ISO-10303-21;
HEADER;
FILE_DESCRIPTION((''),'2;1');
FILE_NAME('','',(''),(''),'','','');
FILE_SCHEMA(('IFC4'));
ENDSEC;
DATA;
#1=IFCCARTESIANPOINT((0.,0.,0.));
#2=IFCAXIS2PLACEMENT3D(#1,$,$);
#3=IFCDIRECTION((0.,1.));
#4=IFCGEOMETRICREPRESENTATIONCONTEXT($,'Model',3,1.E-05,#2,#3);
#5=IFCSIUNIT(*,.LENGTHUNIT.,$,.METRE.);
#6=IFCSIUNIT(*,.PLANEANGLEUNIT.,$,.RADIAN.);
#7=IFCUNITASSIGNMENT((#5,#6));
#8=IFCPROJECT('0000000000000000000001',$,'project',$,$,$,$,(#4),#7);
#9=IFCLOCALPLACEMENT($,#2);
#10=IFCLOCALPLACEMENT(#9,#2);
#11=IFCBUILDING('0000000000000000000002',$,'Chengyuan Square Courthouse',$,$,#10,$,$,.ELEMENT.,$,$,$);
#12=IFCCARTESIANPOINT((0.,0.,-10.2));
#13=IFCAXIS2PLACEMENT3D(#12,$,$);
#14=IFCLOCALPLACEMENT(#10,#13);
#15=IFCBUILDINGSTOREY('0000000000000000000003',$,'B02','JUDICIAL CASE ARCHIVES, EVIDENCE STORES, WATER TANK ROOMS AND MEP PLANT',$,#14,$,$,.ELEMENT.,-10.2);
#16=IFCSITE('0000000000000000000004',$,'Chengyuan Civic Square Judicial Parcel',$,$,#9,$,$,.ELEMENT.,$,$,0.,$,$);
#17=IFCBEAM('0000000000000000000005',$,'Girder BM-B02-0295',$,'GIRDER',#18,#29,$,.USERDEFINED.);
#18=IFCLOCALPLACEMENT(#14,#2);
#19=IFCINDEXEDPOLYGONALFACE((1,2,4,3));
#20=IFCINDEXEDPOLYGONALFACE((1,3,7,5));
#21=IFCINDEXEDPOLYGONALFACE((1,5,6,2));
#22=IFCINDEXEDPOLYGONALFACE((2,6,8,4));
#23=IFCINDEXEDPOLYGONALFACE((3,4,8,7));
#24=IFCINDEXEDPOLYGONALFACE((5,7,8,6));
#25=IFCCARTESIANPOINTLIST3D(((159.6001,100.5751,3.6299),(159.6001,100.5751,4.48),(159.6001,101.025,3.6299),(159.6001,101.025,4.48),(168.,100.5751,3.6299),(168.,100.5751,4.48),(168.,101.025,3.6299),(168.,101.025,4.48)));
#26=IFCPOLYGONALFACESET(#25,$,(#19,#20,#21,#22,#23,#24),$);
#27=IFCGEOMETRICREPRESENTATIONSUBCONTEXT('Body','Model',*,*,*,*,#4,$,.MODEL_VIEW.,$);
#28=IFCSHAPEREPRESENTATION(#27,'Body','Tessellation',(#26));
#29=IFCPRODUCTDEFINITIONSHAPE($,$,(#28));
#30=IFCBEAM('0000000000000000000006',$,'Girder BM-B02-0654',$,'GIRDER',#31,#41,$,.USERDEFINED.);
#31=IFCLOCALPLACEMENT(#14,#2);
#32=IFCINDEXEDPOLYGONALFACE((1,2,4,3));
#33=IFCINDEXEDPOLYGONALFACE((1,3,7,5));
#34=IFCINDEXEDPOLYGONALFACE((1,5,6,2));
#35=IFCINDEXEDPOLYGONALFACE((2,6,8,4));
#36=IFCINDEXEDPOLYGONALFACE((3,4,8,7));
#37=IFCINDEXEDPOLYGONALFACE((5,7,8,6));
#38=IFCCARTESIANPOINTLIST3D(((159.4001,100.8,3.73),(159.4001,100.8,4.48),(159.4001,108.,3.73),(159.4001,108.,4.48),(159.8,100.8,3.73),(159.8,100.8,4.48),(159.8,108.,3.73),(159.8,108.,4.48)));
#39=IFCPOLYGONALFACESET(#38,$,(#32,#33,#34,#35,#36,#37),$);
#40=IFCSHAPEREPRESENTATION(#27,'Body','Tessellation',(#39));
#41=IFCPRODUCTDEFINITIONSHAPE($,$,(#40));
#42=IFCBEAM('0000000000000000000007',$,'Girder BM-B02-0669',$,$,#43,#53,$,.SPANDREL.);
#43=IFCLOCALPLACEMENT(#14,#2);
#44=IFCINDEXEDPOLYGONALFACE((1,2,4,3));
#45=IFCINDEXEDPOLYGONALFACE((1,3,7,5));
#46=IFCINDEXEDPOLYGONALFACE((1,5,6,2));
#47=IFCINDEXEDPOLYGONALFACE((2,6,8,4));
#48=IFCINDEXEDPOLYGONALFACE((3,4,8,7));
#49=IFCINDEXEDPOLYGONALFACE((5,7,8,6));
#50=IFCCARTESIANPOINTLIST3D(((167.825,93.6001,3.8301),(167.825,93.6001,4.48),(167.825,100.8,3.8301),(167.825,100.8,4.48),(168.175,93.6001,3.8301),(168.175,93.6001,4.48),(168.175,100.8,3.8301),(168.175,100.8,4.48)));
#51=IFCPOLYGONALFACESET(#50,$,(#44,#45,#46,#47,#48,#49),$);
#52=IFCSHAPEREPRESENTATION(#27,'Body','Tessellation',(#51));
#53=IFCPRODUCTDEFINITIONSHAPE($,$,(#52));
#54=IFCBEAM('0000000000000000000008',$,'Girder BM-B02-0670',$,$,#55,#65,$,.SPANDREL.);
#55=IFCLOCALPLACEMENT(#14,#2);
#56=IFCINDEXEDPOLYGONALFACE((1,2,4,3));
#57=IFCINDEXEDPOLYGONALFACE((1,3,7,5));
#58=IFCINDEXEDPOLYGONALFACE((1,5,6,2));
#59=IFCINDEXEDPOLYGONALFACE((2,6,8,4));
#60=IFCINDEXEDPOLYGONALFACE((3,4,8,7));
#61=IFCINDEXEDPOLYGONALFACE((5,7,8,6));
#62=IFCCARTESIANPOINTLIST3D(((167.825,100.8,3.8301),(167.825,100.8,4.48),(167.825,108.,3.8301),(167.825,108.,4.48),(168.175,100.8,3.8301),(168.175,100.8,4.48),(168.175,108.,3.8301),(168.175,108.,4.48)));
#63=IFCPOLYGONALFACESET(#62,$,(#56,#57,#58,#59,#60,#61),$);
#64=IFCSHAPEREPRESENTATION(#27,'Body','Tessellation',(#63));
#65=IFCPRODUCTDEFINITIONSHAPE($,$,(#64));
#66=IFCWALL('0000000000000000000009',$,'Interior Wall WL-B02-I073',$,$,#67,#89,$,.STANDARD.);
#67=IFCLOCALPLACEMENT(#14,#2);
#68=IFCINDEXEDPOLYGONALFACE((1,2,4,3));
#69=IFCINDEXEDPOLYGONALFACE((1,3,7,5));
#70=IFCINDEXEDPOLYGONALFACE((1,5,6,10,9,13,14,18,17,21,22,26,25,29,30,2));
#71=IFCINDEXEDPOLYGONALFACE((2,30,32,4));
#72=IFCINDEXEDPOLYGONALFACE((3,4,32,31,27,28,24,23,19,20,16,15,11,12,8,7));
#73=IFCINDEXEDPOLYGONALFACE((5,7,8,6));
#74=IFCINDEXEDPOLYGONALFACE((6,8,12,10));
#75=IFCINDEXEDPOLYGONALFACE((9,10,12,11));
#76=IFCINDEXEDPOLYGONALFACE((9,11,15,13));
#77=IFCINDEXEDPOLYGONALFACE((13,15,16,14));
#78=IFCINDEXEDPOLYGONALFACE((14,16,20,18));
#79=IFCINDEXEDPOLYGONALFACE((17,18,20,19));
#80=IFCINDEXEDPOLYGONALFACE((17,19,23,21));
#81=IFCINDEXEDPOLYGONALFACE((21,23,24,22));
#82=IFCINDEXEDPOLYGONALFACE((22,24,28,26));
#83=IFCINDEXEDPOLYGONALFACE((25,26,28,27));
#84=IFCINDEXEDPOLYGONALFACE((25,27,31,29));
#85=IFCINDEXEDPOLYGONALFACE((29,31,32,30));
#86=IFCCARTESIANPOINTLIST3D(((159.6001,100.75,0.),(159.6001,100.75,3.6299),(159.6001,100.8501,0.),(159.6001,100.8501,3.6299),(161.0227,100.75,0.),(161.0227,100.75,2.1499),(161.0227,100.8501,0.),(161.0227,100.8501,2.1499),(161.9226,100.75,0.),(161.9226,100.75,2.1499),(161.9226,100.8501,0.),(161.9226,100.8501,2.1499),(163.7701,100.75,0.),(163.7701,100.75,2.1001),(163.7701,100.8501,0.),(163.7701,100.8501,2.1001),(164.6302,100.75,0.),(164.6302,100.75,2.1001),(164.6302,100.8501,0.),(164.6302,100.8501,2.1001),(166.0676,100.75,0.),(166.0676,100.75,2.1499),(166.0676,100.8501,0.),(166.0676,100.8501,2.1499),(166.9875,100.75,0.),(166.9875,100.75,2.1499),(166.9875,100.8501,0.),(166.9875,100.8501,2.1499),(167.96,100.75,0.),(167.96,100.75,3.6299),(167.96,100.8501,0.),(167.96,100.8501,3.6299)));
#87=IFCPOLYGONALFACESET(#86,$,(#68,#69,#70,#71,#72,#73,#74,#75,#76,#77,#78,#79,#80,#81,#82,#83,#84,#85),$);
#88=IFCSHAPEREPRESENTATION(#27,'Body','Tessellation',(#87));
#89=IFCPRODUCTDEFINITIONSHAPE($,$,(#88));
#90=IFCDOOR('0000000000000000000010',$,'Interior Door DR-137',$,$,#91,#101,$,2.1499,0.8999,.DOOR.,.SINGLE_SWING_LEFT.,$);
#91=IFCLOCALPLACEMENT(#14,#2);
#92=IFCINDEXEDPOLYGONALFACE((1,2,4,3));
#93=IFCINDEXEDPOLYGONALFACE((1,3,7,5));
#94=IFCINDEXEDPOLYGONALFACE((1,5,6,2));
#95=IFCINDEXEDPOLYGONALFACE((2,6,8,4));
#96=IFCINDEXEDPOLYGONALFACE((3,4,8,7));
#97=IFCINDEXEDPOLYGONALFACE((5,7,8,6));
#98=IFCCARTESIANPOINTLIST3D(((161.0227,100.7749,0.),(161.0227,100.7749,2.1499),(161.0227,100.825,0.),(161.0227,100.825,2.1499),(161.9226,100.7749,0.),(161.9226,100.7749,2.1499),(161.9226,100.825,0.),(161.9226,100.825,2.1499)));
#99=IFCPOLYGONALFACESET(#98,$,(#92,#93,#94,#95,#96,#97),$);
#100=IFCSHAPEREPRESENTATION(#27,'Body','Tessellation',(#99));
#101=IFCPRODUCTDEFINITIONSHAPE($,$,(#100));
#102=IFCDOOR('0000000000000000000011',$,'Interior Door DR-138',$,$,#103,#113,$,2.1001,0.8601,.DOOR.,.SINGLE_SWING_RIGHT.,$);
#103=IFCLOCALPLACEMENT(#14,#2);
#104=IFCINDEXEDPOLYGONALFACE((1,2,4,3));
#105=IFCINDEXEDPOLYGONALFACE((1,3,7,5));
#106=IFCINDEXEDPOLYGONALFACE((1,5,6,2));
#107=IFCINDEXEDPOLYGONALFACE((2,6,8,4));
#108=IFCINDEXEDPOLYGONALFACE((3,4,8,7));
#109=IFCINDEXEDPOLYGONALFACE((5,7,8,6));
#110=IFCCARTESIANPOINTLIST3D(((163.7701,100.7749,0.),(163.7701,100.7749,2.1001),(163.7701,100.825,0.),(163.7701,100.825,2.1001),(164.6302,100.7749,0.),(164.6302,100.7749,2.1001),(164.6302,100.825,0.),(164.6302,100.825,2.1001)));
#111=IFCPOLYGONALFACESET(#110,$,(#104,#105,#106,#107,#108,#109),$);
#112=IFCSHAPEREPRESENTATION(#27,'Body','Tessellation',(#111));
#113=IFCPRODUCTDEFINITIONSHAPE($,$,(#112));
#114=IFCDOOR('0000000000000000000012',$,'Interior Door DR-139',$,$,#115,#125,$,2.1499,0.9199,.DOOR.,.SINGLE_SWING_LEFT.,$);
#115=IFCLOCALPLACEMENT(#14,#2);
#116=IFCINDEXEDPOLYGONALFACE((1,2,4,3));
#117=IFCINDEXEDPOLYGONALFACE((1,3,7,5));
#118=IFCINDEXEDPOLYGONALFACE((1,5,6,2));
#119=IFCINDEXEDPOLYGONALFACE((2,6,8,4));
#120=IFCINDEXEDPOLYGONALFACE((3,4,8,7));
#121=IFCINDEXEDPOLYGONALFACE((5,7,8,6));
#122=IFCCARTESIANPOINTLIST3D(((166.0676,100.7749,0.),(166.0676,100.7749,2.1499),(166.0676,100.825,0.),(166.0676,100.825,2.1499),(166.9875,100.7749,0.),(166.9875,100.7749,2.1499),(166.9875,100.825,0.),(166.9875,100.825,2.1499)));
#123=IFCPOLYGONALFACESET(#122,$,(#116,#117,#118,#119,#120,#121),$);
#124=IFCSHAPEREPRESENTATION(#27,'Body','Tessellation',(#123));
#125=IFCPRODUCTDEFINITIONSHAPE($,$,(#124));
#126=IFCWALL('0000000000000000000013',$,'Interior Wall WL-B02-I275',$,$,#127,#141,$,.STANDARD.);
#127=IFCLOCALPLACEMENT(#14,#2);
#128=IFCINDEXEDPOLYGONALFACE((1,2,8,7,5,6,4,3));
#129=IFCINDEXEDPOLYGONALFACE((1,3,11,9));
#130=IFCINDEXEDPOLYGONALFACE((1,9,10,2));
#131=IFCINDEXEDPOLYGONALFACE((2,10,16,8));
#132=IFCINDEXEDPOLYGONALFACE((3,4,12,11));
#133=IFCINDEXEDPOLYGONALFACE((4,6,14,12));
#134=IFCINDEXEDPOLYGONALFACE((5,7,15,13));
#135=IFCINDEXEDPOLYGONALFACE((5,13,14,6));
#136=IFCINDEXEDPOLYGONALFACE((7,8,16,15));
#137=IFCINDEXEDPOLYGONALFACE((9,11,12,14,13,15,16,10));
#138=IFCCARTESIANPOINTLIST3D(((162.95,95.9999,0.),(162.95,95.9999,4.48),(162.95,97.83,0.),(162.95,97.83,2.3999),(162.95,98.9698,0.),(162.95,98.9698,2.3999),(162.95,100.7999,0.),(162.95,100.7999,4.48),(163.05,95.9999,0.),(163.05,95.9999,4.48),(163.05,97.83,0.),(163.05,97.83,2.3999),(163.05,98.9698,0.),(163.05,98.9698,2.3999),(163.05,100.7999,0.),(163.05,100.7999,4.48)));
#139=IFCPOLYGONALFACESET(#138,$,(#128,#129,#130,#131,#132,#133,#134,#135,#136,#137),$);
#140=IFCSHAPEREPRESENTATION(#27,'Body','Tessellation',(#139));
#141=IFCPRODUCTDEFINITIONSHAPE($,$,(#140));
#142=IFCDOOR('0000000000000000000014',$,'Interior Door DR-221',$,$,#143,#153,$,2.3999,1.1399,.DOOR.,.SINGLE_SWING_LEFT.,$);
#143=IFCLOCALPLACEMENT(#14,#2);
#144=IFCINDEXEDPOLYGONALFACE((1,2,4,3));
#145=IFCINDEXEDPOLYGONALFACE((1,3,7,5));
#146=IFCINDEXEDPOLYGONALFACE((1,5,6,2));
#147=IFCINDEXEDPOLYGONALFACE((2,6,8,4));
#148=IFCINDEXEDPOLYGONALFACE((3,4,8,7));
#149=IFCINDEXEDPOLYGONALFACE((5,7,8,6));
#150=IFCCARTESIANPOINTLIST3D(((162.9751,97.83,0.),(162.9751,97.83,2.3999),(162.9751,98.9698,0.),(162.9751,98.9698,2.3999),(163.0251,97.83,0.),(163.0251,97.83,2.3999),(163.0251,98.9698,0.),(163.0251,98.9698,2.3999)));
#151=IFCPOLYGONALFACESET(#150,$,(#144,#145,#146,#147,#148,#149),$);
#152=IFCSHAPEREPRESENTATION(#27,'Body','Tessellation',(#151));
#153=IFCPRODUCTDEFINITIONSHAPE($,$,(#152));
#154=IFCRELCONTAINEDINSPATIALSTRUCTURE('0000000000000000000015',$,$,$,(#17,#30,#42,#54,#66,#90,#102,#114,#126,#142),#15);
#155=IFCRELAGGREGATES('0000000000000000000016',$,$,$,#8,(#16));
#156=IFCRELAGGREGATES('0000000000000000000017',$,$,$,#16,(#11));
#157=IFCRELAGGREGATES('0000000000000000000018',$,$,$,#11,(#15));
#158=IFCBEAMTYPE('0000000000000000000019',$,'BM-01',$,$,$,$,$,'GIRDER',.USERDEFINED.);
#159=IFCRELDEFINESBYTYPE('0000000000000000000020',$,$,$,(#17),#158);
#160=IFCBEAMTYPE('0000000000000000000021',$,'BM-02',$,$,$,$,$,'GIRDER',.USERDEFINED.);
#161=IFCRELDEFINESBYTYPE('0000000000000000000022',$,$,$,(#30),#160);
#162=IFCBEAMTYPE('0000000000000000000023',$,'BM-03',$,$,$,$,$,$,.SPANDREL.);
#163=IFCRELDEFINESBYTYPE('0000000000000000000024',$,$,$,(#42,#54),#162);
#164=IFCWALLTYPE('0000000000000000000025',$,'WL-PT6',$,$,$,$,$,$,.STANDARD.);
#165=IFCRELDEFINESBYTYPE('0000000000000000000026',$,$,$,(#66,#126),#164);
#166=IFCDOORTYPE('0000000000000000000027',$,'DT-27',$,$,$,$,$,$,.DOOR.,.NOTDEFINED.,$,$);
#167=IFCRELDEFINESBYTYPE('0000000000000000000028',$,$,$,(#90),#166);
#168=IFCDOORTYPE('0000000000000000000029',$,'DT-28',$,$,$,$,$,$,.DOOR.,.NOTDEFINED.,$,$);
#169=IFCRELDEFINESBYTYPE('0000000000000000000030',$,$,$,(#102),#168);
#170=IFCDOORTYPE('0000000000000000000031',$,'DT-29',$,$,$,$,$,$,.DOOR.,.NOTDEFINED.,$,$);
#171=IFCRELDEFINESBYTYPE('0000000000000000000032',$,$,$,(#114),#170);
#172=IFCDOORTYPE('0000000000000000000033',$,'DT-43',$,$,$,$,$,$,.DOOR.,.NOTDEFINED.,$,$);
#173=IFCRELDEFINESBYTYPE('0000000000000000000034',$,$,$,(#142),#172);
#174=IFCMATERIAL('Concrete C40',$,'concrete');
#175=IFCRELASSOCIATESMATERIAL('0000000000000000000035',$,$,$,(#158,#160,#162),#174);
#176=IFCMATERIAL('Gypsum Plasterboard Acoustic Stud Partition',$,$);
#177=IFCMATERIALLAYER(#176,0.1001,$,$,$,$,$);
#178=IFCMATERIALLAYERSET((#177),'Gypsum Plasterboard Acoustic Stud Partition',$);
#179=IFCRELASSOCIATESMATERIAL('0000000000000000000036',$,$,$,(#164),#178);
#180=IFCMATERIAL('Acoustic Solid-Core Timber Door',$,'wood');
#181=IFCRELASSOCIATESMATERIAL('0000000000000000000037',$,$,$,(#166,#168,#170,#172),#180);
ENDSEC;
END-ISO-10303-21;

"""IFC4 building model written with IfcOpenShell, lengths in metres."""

from ifc_helpers import new_model, si_unit, direction, frame, frame_2d, origin, origin_2d, place, context, subcontext, project, spatial, rectangle, extrude, material, layer, layer_set, material_profile, profile_set, type_object, element, fill, save


model = new_model("IFC4")

# Units and contexts
model_context = context("Model", 3, precision=1e-05, world=origin(), true_north=direction((0.0, 1.0)))
body_context = subcontext(model_context, "Body", "Model", "MODEL_VIEW")
ifc_project = project(units=[si_unit("LENGTHUNIT", "METRE"), si_unit("PLANEANGLEUNIT", "RADIAN")], contexts=[model_context])

# Site, building, storey
site_placement = place(None, origin())
site = spatial("IfcSite", under=ifc_project, at=site_placement, Name="Chengyuan Civic Square Judicial Parcel", CompositionType="ELEMENT", RefElevation=0.0)
building_placement = place(site_placement, origin())
building = spatial("IfcBuilding", under=site, at=building_placement, Name="Chengyuan Square Courthouse", CompositionType="ELEMENT")
storey_placement = place(building_placement, frame((0.0, 0.0, -10.2)))
storey = spatial("IfcBuildingStorey", under=building, at=storey_placement, Name="B02", Description="JUDICIAL CASE ARCHIVES, EVIDENCE STORES, WATER TANK ROOMS AND MEP PLANT", CompositionType="ELEMENT", Elevation=-10.2)

# Shared definitions
ifc_material_1 = material(Name="Concrete C40", Category="concrete")

# Beams
ifc_material_profile_1 = material_profile(ifc_material_1, rectangle(XDim=0.45, YDim=0.8501, at=origin_2d()), Name="RC-BM-450x850")
ifc_profile_set_1 = profile_set([ifc_material_profile_1], Name="Concrete C40")
beam_type_1 = type_object("IfcBeamType", Name="BM-01", ElementType="GIRDER", PredefinedType="USERDEFINED", material=ifc_profile_set_1)
beam_1_placement = place(storey_placement, frame((159.6001, 100.8, 4.0549), z_axis=(1.0, 0.0, 0.0), x_axis=(0.0, 1.0, 0.0)))
element("IfcBeam", 1, at=beam_1_placement, inside=storey, type_object=beam_type_1, Name="Girder BM-B02-0295", ObjectType="GIRDER", PredefinedType="USERDEFINED", context=body_context, shape_type="SweptSolid", body=[
    extrude(rectangle(XDim=0.45, YDim=0.8501, at=origin_2d()), origin(), (0.0, 0.0, 1.0), 8.3999),
])
ifc_material_profile_2 = material_profile(ifc_material_1, rectangle(XDim=0.3999, YDim=0.75, at=origin_2d()), Name="RC-BM-400x750")
ifc_profile_set_2 = profile_set([ifc_material_profile_2], Name="Concrete C40")
beam_type_2 = type_object("IfcBeamType", Name="BM-02", ElementType="GIRDER", PredefinedType="USERDEFINED", material=ifc_profile_set_2)
beam_2_placement = place(storey_placement, frame((159.6001, 100.8, 4.105), z_axis=(0.0, 1.0, 0.0), x_axis=(-1.0, 0.0, 0.0)))
element("IfcBeam", 2, at=beam_2_placement, inside=storey, type_object=beam_type_2, Name="Girder BM-B02-0654", ObjectType="GIRDER", PredefinedType="USERDEFINED", context=body_context, shape_type="SweptSolid", body=[
    extrude(rectangle(XDim=0.3999, YDim=0.75, at=origin_2d()), origin(), (0.0, 0.0, 1.0), 7.2),
])
ifc_material_profile_3 = material_profile(ifc_material_1, rectangle(XDim=0.3501, YDim=0.6499, at=origin_2d()), Name="RC-BM-350x650")
ifc_profile_set_3 = profile_set([ifc_material_profile_3], Name="Concrete C40")
beam_type_3 = type_object("IfcBeamType", Name="BM-03", PredefinedType="SPANDREL", material=ifc_profile_set_3)
for number, where, z_axis, x_axis, name in (
    (3, (168.0, 93.6001, 4.155), (0.0, 1.0, 0.0), (-1.0, 0.0, 0.0), "Girder BM-B02-0669"),
    (4, (168.0, 100.8, 4.155), (0.0, 1.0, 0.0), (-1.0, 0.0, 0.0), "Girder BM-B02-0670"),
):
    element("IfcBeam", number, at=place(storey_placement, frame(where, z_axis=z_axis, x_axis=x_axis)), inside=storey, type_object=beam_type_3, Name=name, PredefinedType="SPANDREL", context=body_context, shape_type="SweptSolid", body=[
        extrude(rectangle(XDim=0.3501, YDim=0.6499, at=origin_2d()), origin(), (0.0, 0.0, 1.0), 7.2),
    ])

# Wall, openings, doors
ifc_material_2 = material(Name="Gypsum Plasterboard Acoustic Stud Partition")
ifc_layer_1 = layer(ifc_material_2, 0.1001)
ifc_layer_set_1 = layer_set([ifc_layer_1], Name="Gypsum Plasterboard Acoustic Stud Partition")
wall_type_1 = type_object("IfcWallType", Name="WL-PT6", PredefinedType="STANDARD", material=ifc_layer_set_1)
wall_1_placement = place(storey_placement, frame((159.6001, 100.8, 0.0), z_axis=(0.0, 0.0, 1.0), x_axis=(1.0, 0.0, 0.0)))
wall_1 = element("IfcWall", 5, at=wall_1_placement, inside=storey, type_object=wall_type_1, Name="Interior Wall WL-B02-I073", PredefinedType="STANDARD", context=body_context, shape_type="SweptSolid", body=[
    extrude(rectangle(XDim=8.3599, YDim=0.1001, at=frame_2d((4.1799, 0.0))), origin(), (0.0, 0.0, 1.0), 3.6299),
])
opening_1_placement = place(wall_1_placement, frame((1.4226, 0.0, 0.0)))
opening_1 = element("IfcOpeningElement", 6, at=opening_1_placement, cuts=wall_1, PredefinedType="OPENING", context=body_context, shape_type="SweptSolid", body=[
    extrude(rectangle(XDim=0.8999, YDim=2.1499, at=frame_2d((0.45, 1.075))), frame((0.0, 0.062, 0.0), z_axis=(0.0, -1.0, 0.0), x_axis=(1.0, 0.0, 0.0)), (0.0, 0.0, 1.0), 0.124),
])
opening_2_placement = place(wall_1_placement, frame((4.1699, 0.0, 0.0)))
opening_2 = element("IfcOpeningElement", 7, at=opening_2_placement, cuts=wall_1, PredefinedType="OPENING", context=body_context, shape_type="SweptSolid", body=[
    extrude(rectangle(XDim=0.8601, YDim=2.1001, at=frame_2d((0.4302, 1.05))), frame((0.0, 0.062, 0.0), z_axis=(0.0, -1.0, 0.0), x_axis=(1.0, 0.0, 0.0)), (0.0, 0.0, 1.0), 0.124),
])
opening_3_placement = place(wall_1_placement, frame((6.4675, 0.0, 0.0)))
opening_3 = element("IfcOpeningElement", 8, at=opening_3_placement, cuts=wall_1, PredefinedType="OPENING", context=body_context, shape_type="SweptSolid", body=[
    extrude(rectangle(XDim=0.9199, YDim=2.1499, at=frame_2d((0.46, 1.075))), frame((0.0, 0.062, 0.0), z_axis=(0.0, -1.0, 0.0), x_axis=(1.0, 0.0, 0.0)), (0.0, 0.0, 1.0), 0.124),
])
ifc_material_3 = material(Name="Acoustic Solid-Core Timber Door", Category="wood")
door_type_1 = type_object("IfcDoorType", Name="DT-27", OperationType="NOTDEFINED", PredefinedType="DOOR", material=ifc_material_3)
door_1_placement = place(opening_1_placement, origin())
door_1 = element("IfcDoor", 9, at=door_1_placement, inside=storey, type_object=door_type_1, Name="Interior Door DR-137", OperationType="SINGLE_SWING_LEFT", OverallHeight=2.1499, OverallWidth=0.8999, PredefinedType="DOOR", context=body_context, shape_type="SweptSolid", body=[
    extrude(rectangle(XDim=0.8999, YDim=2.1499, at=frame_2d((0.45, 1.075))), frame((0.0, 0.0249, 0.0), z_axis=(0.0, -1.0, 0.0), x_axis=(1.0, 0.0, 0.0)), (0.0, 0.0, 1.0), 0.05),
])
fill(opening_1, door_1)
door_type_2 = type_object("IfcDoorType", Name="DT-28", OperationType="NOTDEFINED", PredefinedType="DOOR", material=ifc_material_3)
door_2_placement = place(opening_2_placement, origin())
door_2 = element("IfcDoor", 10, at=door_2_placement, inside=storey, type_object=door_type_2, Name="Interior Door DR-138", OperationType="SINGLE_SWING_RIGHT", OverallHeight=2.1001, OverallWidth=0.8601, PredefinedType="DOOR", context=body_context, shape_type="SweptSolid", body=[
    extrude(rectangle(XDim=0.8601, YDim=2.1001, at=frame_2d((0.4302, 1.05))), frame((0.0, 0.0249, 0.0), z_axis=(0.0, -1.0, 0.0), x_axis=(1.0, 0.0, 0.0)), (0.0, 0.0, 1.0), 0.05),
])
fill(opening_2, door_2)
door_type_3 = type_object("IfcDoorType", Name="DT-29", OperationType="NOTDEFINED", PredefinedType="DOOR", material=ifc_material_3)
door_3_placement = place(opening_3_placement, origin())
door_3 = element("IfcDoor", 11, at=door_3_placement, inside=storey, type_object=door_type_3, Name="Interior Door DR-139", OperationType="SINGLE_SWING_LEFT", OverallHeight=2.1499, OverallWidth=0.9199, PredefinedType="DOOR", context=body_context, shape_type="SweptSolid", body=[
    extrude(rectangle(XDim=0.9199, YDim=2.1499, at=frame_2d((0.46, 1.075))), frame((0.0, 0.0249, 0.0), z_axis=(0.0, -1.0, 0.0), x_axis=(1.0, 0.0, 0.0)), (0.0, 0.0, 1.0), 0.05),
])
fill(opening_3, door_3)

# Wall, opening, door
wall_2_placement = place(storey_placement, frame((163.0, 96.0, 0.0), z_axis=(0.0, 0.0, 1.0), x_axis=(0.0, 1.0, 0.0)))
wall_2 = element("IfcWall", 12, at=wall_2_placement, inside=storey, type_object=wall_type_1, Name="Interior Wall WL-B02-I275", PredefinedType="STANDARD", context=body_context, shape_type="SweptSolid", body=[
    extrude(rectangle(XDim=4.8, YDim=0.1001, at=frame_2d((2.3999, 0.0))), origin(), (0.0, 0.0, 1.0), 4.48),
])
opening_4_placement = place(wall_2_placement, frame((1.8301, 0.0, 0.0)))
opening_4 = element("IfcOpeningElement", 13, at=opening_4_placement, cuts=wall_2, PredefinedType="OPENING", context=body_context, shape_type="SweptSolid", body=[
    extrude(rectangle(XDim=1.1399, YDim=2.3999, at=frame_2d((0.5698, 1.2))), frame((0.0, 0.062, 0.0), z_axis=(0.0, -1.0, 0.0), x_axis=(1.0, 0.0, 0.0)), (0.0, 0.0, 1.0), 0.124),
])
door_type_4 = type_object("IfcDoorType", Name="DT-43", OperationType="NOTDEFINED", PredefinedType="DOOR", material=ifc_material_3)
door_4_placement = place(opening_4_placement, origin())
door_4 = element("IfcDoor", 14, at=door_4_placement, inside=storey, type_object=door_type_4, Name="Interior Door DR-221", OperationType="SINGLE_SWING_LEFT", OverallHeight=2.3999, OverallWidth=1.1399, PredefinedType="DOOR", context=body_context, shape_type="SweptSolid", body=[
    extrude(rectangle(XDim=1.1399, YDim=2.3999, at=frame_2d((0.5698, 1.2))), frame((0.0, 0.0249, 0.0), z_axis=(0.0, -1.0, 0.0), x_axis=(1.0, 0.0, 0.0)), (0.0, 0.0, 1.0), 0.05),
])
fill(opening_4, door_4)

save(model, "model.ifc")
